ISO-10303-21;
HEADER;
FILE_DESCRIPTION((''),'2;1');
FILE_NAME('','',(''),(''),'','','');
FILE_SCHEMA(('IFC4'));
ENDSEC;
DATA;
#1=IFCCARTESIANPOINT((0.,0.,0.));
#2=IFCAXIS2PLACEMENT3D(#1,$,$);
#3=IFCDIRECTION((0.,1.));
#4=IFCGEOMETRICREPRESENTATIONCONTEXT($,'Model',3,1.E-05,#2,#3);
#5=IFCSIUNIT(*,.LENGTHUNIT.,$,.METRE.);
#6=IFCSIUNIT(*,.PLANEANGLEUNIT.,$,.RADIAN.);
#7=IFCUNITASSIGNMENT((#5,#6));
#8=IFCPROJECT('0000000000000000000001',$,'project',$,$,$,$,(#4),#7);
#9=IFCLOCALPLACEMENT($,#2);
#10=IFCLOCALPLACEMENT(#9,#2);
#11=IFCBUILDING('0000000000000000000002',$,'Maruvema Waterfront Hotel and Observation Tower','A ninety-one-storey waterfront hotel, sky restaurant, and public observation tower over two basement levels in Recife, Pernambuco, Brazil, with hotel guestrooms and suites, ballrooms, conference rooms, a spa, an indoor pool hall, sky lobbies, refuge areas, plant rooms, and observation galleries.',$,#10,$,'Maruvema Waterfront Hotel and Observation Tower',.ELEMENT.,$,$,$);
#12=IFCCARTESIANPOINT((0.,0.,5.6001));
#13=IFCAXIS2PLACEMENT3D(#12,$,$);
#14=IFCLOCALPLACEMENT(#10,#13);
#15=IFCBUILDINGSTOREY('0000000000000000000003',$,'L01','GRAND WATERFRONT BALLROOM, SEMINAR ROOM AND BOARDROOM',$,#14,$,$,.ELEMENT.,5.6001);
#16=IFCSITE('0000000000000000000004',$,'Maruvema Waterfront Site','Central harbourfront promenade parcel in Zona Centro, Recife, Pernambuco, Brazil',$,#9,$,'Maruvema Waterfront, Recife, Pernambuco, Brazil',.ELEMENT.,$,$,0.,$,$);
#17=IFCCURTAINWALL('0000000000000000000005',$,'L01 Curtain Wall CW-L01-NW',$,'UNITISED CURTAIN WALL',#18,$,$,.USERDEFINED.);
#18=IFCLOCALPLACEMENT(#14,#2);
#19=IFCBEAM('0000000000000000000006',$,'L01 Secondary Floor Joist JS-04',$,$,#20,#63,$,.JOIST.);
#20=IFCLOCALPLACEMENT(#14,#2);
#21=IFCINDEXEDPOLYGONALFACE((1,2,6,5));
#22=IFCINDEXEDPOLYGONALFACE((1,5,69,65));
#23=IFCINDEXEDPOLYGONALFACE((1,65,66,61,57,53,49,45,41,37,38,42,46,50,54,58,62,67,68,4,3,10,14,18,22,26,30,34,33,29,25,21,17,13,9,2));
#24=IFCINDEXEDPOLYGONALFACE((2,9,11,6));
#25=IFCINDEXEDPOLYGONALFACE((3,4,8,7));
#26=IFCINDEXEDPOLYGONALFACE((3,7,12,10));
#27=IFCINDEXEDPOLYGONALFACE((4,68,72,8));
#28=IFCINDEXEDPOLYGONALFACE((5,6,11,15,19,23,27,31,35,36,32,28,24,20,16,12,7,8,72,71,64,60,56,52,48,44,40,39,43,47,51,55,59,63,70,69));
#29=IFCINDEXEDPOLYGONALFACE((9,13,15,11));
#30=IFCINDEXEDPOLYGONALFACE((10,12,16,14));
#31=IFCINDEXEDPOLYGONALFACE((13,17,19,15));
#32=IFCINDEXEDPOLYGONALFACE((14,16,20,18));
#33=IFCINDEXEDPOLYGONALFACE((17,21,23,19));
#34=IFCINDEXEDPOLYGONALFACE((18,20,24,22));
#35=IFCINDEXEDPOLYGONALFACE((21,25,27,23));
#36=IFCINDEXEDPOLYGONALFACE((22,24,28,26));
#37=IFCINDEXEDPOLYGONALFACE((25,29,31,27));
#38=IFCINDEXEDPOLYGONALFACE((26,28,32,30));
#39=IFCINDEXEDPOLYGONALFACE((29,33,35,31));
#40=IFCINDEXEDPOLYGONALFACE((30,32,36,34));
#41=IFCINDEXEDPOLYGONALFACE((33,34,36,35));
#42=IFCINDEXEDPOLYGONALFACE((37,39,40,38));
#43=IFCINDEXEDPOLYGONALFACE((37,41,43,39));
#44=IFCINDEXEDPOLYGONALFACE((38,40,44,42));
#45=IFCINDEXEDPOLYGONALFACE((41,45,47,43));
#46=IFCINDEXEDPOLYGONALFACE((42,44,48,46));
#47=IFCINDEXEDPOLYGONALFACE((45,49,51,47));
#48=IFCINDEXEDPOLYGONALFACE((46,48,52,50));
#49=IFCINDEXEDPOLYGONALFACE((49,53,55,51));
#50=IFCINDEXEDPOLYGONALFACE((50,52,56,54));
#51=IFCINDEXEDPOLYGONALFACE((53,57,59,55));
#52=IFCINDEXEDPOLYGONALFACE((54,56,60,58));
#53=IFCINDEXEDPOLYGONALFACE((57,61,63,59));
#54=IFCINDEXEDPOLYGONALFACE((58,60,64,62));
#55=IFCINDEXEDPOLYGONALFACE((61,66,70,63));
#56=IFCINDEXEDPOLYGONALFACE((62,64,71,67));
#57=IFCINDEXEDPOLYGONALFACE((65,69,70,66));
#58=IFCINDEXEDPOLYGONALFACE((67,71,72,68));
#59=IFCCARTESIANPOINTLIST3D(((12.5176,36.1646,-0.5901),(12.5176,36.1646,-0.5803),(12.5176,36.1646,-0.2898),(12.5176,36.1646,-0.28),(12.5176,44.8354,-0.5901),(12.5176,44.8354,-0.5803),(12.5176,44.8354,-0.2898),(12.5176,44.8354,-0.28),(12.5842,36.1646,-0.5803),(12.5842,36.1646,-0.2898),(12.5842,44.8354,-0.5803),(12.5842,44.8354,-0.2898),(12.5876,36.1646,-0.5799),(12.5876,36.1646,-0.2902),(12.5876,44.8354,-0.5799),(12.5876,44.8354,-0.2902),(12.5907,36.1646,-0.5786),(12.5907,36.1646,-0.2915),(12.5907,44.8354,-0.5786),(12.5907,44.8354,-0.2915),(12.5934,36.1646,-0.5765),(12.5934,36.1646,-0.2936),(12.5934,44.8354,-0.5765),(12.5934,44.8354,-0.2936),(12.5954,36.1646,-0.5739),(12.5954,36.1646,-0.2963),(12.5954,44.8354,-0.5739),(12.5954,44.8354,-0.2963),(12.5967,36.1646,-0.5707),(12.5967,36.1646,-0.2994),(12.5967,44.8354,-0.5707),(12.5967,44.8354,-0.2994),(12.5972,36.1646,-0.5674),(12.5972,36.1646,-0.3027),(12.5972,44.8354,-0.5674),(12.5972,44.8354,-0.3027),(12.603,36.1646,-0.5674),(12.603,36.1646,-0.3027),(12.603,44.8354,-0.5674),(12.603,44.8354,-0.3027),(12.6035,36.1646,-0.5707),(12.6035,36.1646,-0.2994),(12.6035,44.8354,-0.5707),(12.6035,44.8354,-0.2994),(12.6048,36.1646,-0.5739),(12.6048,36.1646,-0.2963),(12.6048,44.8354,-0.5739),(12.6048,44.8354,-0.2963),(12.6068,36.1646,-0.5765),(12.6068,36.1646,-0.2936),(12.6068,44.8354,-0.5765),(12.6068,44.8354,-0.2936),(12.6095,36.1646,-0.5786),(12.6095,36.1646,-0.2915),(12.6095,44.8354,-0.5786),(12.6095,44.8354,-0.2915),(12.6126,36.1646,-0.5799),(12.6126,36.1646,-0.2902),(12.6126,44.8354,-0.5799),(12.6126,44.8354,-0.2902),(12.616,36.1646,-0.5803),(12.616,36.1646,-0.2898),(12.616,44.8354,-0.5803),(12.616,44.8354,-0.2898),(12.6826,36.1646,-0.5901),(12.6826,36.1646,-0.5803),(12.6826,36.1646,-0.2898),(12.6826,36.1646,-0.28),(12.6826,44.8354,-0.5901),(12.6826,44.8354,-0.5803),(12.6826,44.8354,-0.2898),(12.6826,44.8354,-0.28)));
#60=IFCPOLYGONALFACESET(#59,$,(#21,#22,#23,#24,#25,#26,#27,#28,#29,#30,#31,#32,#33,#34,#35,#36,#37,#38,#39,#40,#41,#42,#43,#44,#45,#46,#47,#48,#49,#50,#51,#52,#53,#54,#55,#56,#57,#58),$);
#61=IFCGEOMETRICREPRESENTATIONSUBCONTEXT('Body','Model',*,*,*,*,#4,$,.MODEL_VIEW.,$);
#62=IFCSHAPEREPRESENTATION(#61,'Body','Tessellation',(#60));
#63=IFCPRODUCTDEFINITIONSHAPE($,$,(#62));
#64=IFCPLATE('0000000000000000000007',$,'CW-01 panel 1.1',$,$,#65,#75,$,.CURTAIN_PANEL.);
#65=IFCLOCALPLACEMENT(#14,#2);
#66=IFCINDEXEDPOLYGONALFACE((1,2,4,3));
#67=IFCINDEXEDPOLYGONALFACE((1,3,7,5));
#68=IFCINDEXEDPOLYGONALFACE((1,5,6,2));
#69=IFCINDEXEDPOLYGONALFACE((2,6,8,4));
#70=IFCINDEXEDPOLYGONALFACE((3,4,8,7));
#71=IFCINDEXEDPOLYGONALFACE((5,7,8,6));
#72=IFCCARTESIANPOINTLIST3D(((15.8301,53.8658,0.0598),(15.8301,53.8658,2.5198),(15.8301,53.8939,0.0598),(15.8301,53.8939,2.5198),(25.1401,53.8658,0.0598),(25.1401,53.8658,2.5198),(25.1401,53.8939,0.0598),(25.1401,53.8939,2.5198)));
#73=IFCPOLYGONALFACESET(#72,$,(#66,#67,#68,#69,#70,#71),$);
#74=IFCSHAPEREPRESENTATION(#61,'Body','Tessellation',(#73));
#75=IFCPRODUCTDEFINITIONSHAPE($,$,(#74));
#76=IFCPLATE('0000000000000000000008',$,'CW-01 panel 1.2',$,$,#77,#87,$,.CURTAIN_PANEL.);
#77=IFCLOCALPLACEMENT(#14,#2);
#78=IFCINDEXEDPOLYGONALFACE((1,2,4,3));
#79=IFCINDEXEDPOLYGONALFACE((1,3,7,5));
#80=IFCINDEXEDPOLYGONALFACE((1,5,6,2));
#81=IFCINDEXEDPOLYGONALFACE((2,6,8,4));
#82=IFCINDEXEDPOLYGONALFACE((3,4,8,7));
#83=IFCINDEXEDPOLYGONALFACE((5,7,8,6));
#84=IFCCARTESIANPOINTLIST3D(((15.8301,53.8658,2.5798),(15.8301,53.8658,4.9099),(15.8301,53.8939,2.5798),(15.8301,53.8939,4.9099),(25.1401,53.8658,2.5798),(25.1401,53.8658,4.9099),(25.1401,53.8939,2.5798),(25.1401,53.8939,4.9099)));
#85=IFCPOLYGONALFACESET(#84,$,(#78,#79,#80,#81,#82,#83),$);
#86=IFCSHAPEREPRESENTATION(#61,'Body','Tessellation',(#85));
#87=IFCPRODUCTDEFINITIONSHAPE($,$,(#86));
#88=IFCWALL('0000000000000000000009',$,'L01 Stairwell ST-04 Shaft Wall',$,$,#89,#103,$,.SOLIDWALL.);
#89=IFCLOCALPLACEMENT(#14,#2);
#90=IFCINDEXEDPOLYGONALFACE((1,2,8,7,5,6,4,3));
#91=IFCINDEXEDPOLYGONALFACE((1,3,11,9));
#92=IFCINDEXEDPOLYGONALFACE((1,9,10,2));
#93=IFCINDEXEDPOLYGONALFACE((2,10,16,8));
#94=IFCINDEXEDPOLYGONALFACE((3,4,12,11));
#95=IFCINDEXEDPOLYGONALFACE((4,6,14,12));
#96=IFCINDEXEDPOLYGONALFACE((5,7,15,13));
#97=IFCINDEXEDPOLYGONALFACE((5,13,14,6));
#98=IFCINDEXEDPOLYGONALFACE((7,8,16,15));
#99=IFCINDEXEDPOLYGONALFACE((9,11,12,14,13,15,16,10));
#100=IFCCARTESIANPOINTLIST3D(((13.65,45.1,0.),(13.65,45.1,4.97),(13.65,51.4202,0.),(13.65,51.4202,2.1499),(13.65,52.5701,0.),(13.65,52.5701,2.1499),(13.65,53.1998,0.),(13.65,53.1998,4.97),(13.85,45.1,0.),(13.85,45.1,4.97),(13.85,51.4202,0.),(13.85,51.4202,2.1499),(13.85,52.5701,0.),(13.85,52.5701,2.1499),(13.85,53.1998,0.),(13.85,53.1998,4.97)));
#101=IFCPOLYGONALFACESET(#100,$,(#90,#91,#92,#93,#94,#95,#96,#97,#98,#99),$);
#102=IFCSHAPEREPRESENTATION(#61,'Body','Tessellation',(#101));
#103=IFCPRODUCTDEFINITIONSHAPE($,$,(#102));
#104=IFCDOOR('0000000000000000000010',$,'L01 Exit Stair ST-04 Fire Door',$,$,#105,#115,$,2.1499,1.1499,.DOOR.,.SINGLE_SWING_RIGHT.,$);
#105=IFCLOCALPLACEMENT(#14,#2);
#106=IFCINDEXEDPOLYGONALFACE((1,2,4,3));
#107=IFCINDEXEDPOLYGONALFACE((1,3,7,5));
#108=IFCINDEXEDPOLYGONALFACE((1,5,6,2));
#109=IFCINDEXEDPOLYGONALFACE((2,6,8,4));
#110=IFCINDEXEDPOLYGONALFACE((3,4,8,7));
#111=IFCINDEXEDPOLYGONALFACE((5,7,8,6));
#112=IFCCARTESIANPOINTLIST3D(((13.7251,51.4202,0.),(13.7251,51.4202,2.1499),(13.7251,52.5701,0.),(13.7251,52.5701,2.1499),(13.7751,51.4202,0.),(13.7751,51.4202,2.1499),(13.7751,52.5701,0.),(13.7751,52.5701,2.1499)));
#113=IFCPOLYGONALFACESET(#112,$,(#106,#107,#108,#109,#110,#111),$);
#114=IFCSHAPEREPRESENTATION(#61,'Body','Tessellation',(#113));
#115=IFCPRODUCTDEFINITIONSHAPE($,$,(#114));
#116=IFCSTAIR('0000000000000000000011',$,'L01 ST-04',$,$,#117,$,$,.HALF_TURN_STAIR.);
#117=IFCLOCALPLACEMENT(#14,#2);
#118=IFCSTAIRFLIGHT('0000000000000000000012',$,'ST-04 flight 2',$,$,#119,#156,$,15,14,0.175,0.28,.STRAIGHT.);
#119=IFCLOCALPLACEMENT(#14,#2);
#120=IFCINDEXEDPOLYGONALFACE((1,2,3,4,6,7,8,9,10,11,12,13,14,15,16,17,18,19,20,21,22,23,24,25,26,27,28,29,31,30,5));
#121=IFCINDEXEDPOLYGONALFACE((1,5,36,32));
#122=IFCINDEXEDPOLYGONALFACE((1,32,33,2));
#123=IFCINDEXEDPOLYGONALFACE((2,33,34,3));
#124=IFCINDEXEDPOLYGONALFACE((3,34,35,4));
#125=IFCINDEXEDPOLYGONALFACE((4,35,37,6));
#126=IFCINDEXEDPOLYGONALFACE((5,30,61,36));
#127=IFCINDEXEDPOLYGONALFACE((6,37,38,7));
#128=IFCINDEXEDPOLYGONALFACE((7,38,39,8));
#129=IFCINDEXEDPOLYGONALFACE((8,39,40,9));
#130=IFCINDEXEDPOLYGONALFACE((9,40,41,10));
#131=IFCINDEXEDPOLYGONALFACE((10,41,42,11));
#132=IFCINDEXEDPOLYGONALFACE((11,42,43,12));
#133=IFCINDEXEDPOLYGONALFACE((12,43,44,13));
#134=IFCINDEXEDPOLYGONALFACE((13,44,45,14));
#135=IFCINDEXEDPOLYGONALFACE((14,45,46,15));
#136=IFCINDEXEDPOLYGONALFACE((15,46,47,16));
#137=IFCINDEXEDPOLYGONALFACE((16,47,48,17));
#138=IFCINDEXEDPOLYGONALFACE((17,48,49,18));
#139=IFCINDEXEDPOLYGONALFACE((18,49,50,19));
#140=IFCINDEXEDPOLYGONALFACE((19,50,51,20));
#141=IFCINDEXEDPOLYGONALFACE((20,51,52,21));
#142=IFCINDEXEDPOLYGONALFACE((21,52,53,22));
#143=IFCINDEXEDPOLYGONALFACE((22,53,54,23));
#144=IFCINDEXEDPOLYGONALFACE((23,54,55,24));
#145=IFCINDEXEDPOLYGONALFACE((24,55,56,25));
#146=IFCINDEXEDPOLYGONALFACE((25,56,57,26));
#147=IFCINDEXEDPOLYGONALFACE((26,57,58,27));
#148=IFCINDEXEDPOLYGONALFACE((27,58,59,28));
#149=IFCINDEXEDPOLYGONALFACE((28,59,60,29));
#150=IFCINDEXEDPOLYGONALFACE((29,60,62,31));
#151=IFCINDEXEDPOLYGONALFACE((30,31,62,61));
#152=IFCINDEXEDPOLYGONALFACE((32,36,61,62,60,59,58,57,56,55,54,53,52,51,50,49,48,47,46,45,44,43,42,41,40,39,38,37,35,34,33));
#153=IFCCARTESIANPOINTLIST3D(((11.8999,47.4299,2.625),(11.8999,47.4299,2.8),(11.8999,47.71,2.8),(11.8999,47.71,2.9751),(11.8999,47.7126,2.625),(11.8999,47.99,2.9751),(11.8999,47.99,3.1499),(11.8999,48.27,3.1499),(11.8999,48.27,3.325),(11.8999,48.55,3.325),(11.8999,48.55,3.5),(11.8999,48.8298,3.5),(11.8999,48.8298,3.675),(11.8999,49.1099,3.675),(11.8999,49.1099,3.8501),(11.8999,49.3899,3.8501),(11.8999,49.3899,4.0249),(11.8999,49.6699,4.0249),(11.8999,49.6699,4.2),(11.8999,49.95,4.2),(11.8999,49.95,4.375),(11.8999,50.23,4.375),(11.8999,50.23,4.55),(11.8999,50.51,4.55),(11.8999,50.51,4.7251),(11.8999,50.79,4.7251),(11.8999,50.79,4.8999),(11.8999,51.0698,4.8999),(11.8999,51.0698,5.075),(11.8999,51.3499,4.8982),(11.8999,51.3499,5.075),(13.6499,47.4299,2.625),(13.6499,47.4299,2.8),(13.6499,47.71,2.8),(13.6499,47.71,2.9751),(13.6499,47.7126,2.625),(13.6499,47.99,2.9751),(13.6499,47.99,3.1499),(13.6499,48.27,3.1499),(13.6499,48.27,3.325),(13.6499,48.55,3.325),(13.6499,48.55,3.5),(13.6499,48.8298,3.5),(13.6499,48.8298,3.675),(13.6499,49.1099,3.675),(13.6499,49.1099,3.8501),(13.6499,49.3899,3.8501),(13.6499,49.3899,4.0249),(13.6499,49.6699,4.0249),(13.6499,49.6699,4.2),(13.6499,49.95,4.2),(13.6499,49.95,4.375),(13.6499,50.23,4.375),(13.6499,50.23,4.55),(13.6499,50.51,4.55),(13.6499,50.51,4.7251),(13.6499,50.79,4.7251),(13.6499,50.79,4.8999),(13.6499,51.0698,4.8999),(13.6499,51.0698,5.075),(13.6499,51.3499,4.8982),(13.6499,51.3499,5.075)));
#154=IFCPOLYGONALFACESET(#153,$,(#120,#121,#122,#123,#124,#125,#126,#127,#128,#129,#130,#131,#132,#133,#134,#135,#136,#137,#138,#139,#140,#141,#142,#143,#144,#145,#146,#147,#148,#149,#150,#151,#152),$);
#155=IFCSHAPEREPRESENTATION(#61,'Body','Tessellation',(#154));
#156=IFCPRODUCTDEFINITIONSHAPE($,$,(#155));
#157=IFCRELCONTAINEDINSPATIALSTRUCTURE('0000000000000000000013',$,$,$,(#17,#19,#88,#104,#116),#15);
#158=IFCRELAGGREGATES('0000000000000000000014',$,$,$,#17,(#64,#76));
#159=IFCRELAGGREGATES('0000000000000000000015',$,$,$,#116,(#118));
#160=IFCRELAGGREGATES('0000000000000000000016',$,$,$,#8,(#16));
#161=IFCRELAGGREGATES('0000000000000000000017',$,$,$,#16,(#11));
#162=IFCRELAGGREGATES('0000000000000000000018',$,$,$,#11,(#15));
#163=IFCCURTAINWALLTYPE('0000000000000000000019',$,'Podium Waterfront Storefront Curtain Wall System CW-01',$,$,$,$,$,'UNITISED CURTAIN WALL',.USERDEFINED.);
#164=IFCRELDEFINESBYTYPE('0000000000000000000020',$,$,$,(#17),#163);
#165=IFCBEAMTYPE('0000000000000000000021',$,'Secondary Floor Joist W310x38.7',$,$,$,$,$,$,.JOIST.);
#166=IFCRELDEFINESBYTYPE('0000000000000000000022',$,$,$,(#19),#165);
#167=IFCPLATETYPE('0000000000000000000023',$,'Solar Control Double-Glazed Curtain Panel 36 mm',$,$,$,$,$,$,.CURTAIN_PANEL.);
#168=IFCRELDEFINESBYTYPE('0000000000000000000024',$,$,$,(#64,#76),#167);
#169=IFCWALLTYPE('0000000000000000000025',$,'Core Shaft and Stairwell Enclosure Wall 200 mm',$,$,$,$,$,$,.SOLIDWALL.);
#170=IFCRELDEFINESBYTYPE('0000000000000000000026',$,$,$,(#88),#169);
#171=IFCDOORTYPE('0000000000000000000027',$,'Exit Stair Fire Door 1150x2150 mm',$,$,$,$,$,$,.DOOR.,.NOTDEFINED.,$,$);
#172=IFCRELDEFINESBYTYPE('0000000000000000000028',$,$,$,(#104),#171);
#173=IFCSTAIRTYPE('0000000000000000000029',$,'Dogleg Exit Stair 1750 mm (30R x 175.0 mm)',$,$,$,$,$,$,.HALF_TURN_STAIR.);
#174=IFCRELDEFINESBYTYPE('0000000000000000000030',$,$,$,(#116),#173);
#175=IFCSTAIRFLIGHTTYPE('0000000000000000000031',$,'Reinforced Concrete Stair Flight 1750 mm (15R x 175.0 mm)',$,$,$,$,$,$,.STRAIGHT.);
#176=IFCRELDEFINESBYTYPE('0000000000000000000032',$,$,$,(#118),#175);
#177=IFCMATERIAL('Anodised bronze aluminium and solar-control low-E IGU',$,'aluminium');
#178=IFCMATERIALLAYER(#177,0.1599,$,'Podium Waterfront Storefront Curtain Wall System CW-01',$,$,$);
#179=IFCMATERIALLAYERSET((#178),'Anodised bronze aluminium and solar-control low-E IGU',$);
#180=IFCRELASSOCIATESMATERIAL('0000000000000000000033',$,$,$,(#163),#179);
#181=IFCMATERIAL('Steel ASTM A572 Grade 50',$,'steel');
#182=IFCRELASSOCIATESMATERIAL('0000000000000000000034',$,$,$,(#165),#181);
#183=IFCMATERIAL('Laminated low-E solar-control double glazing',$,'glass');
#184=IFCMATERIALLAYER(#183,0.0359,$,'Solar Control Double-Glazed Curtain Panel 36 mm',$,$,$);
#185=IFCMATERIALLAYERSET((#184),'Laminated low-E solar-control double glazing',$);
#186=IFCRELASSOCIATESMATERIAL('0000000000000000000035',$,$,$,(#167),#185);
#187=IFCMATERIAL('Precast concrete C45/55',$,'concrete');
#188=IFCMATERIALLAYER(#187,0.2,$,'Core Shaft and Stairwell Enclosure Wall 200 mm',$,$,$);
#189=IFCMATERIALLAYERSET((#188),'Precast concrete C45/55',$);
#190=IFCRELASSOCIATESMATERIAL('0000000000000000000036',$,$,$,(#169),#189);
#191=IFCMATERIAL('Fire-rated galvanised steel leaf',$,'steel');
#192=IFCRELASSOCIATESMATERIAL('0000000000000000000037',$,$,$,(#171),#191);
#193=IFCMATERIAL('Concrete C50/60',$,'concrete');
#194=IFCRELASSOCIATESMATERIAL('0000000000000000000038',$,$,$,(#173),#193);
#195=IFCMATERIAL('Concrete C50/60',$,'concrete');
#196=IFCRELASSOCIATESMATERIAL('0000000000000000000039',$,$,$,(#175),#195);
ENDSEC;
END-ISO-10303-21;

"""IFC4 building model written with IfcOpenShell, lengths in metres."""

from ifc_helpers import new_model, si_unit, direction, frame, frame_2d, origin, origin_2d, place, context, subcontext, project, spatial, polyline, rectangle, i_section, outline, extrude, material, layer, layer_set, material_profile, profile_set, type_object, element, fill, aggregate, save


model = new_model("IFC4")

# Units and contexts
model_context = context("Model", 3, precision=1e-05, world=origin(), true_north=direction((0.0, 1.0)))
body_context = subcontext(model_context, "Body", "Model", "MODEL_VIEW")
ifc_project = project(units=[si_unit("LENGTHUNIT", "METRE"), si_unit("PLANEANGLEUNIT", "RADIAN")], contexts=[model_context])

# Site, building, storey
site_placement = place(None, origin())
site = spatial("IfcSite", under=ifc_project, at=site_placement, Name="Maruvema Waterfront Site", Description="Central harbourfront promenade parcel in Zona Centro, Recife, Pernambuco, Brazil", LongName="Maruvema Waterfront, Recife, Pernambuco, Brazil", CompositionType="ELEMENT", RefElevation=0.0)
building_placement = place(site_placement, origin())
building = spatial("IfcBuilding", under=site, at=building_placement, Name="Maruvema Waterfront Hotel and Observation Tower", Description="A ninety-one-storey waterfront hotel, sky restaurant, and public observation tower over two basement levels in Recife, Pernambuco, Brazil, with hotel guestrooms and suites, ballrooms, conference rooms, a spa, an indoor pool hall, sky lobbies, refuge areas, plant rooms, and observation galleries.", LongName="Maruvema Waterfront Hotel and Observation Tower", CompositionType="ELEMENT")
storey_placement = place(building_placement, frame((0.0, 0.0, 5.6001)))
storey = spatial("IfcBuildingStorey", under=building, at=storey_placement, Name="L01", Description="GRAND WATERFRONT BALLROOM, SEMINAR ROOM AND BOARDROOM", CompositionType="ELEMENT", Elevation=5.6001)

# Curtain wall
ifc_material_1 = material(Name="Anodised bronze aluminium and solar-control low-E IGU", Category="aluminium")
ifc_layer_1 = layer(ifc_material_1, 0.1599, Name="Podium Waterfront Storefront Curtain Wall System CW-01")
ifc_layer_set_1 = layer_set([ifc_layer_1], Name="Anodised bronze aluminium and solar-control low-E IGU")
curtain_wall_type = type_object("IfcCurtainWallType", Name="Podium Waterfront Storefront Curtain Wall System CW-01", ElementType="UNITISED CURTAIN WALL", PredefinedType="USERDEFINED", material=ifc_layer_set_1)
curtain_wall_placement = place(storey_placement, origin())
curtain_wall = element("IfcCurtainWall", 1, at=curtain_wall_placement, inside=storey, type_object=curtain_wall_type, Name="L01 Curtain Wall CW-L01-NW", ObjectType="UNITISED CURTAIN WALL", PredefinedType="USERDEFINED")

# Beam
ifc_material_2 = material(Name="Steel ASTM A572 Grade 50", Category="steel")
ifc_material_profile_1 = material_profile(ifc_material_2, i_section(OverallWidth=0.165, OverallDepth=0.3101, WebThickness=0.0059, FlangeThickness=0.0098, FilletRadius=0.0129, at=origin_2d()), Name="W310x38.7")
ifc_profile_set_1 = profile_set([ifc_material_profile_1], Name="Steel ASTM A572 Grade 50")
beam_type_1 = type_object("IfcBeamType", Name="Secondary Floor Joist W310x38.7", PredefinedType="JOIST", material=ifc_profile_set_1)
beam_1_placement = place(storey_placement, frame((12.6001, 36.1646, -0.4351), z_axis=(0.0, 1.0, 0.0), x_axis=(-1.0, 0.0, 0.0)))
element("IfcBeam", 2, at=beam_1_placement, inside=storey, type_object=beam_type_1, Name="L01 Secondary Floor Joist JS-04", PredefinedType="JOIST", context=body_context, shape_type="SweptSolid", body=[
    extrude(i_section(OverallWidth=0.165, OverallDepth=0.3101, WebThickness=0.0059, FlangeThickness=0.0098, FilletRadius=0.0129, at=origin_2d()), origin(), (0.0, 0.0, 1.0), 8.6709),
])

# Plates
ifc_material_3 = material(Name="Laminated low-E solar-control double glazing", Category="glass")
ifc_layer_2 = layer(ifc_material_3, 0.0359, Name="Solar Control Double-Glazed Curtain Panel 36 mm")
ifc_layer_set_2 = layer_set([ifc_layer_2], Name="Laminated low-E solar-control double glazing")
plate_type = type_object("IfcPlateType", Name="Solar Control Double-Glazed Curtain Panel 36 mm", PredefinedType="CURTAIN_PANEL", material=ifc_layer_set_2)
plate_1_placement = place(storey_placement, frame((20.4851, 53.8799, 0.0598), z_axis=(0.0, 0.0, 1.0), x_axis=(-1.0, 0.0, 0.0)))
plate_1 = element("IfcPlate", 3, at=plate_1_placement, type_object=plate_type, Name="CW-01 panel 1.1", PredefinedType="CURTAIN_PANEL", context=body_context, shape_type="SweptSolid", body=[
    extrude(rectangle(XDim=9.3101, YDim=0.0281, at=origin_2d()), origin(), (0.0, 0.0, 1.0), 2.46),
])
plate_2_placement = place(storey_placement, frame((20.4851, 53.8799, 2.5798), z_axis=(0.0, 0.0, 1.0), x_axis=(-1.0, 0.0, 0.0)))
plate_2 = element("IfcPlate", 4, at=plate_2_placement, type_object=plate_type, Name="CW-01 panel 1.2", PredefinedType="CURTAIN_PANEL", context=body_context, shape_type="SweptSolid", body=[
    extrude(rectangle(XDim=9.3101, YDim=0.0281, at=origin_2d()), origin(), (0.0, 0.0, 1.0), 2.3301),
])
aggregate(curtain_wall, [plate_1, plate_2])

# Wall, opening, door
ifc_material_4 = material(Name="Precast concrete C45/55", Category="concrete")
ifc_layer_3 = layer(ifc_material_4, 0.2, Name="Core Shaft and Stairwell Enclosure Wall 200 mm")
ifc_layer_set_3 = layer_set([ifc_layer_3], Name="Precast concrete C45/55")
wall_type = type_object("IfcWallType", Name="Core Shaft and Stairwell Enclosure Wall 200 mm", PredefinedType="SOLIDWALL", material=ifc_layer_set_3)
wall_placement = place(storey_placement, frame((13.75, 45.1001, 0.0), z_axis=(0.0, 0.0, 1.0), x_axis=(0.0, 1.0, 0.0)))
wall = element("IfcWall", 5, at=wall_placement, inside=storey, type_object=wall_type, Name="L01 Stairwell ST-04 Shaft Wall", PredefinedType="SOLIDWALL", context=body_context, shape_type="SweptSolid", body=[
    extrude(rectangle(XDim=8.0999, YDim=0.2, at=frame_2d((4.0498, 0.0))), origin(), (0.0, 0.0, 1.0), 4.97),
])
opening_placement = place(wall_placement, frame((6.3201, 0.0, 0.0)))
opening = element("IfcOpeningElement", 6, at=opening_placement, cuts=wall, PredefinedType="OPENING", context=body_context, shape_type="SweptSolid", body=[
    extrude(rectangle(XDim=1.1499, YDim=2.1499, at=frame_2d((0.575, 1.075))), frame((0.0, 0.1099, 0.0), z_axis=(0.0, -1.0, 0.0), x_axis=(1.0, 0.0, 0.0)), (0.0, 0.0, 1.0), 0.22),
])
ifc_material_5 = material(Name="Fire-rated galvanised steel leaf", Category="steel")
door_type = type_object("IfcDoorType", Name="Exit Stair Fire Door 1150x2150 mm", OperationType="NOTDEFINED", PredefinedType="DOOR", material=ifc_material_5)
door_placement = place(opening_placement, origin())
door = element("IfcDoor", 7, at=door_placement, inside=storey, type_object=door_type, Name="L01 Exit Stair ST-04 Fire Door", OperationType="SINGLE_SWING_RIGHT", OverallHeight=2.1499, OverallWidth=1.1499, PredefinedType="DOOR", context=body_context, shape_type="SweptSolid", body=[
    extrude(rectangle(XDim=1.1499, YDim=2.1499, at=frame_2d((0.575, 1.075))), frame((0.0, 0.0249, 0.0), z_axis=(0.0, -1.0, 0.0), x_axis=(1.0, 0.0, 0.0)), (0.0, 0.0, 1.0), 0.05),
])
fill(opening, door)

# Stair, stair flight
ifc_material_6 = material(Name="Concrete C50/60", Category="concrete")
stair_type = type_object("IfcStairType", Name="Dogleg Exit Stair 1750 mm (30R x 175.0 mm)", PredefinedType="HALF_TURN_STAIR", material=ifc_material_6)
stair_placement = place(storey_placement, origin())
stair = element("IfcStair", 8, at=stair_placement, inside=storey, type_object=stair_type, Name="L01 ST-04", PredefinedType="HALF_TURN_STAIR")
ifc_material_7 = material(Name="Concrete C50/60", Category="concrete")
stair_flight_type = type_object("IfcStairFlightType", Name="Reinforced Concrete Stair Flight 1750 mm (15R x 175.0 mm)", PredefinedType="STRAIGHT", material=ifc_material_7)
stair_flight_placement = place(storey_placement, frame((12.7749, 47.4299, 2.625), z_axis=(0.0, 0.0, 1.0), x_axis=(0.0, 1.0, 0.0)))
stair_flight = element("IfcStairFlight", 9, at=stair_flight_placement, type_object=stair_flight_type, Name="ST-04 flight 2", NumberOfRisers=15, NumberOfTreads=14, PredefinedType="STRAIGHT", RiserHeight=0.175, TreadLength=0.28, context=body_context, shape_type="SweptSolid", body=[
    extrude(outline(polyline([(0.0, 0.0), (0.0, 0.175), (0.28, 0.175), (0.28, 0.3501), (0.5601, 0.3501), (0.5601, 0.5249), (0.8401, 0.5249), (0.8401, 0.7), (1.1201, 0.7), (1.1201, 0.875), (1.3999, 0.875), (1.3999, 1.05), (1.6799, 1.05), (1.6799, 1.2251), (1.96, 1.2251), (1.96, 1.3999), (2.24, 1.3999), (2.24, 1.575), (2.52, 1.575), (2.52, 1.75), (2.8, 1.75), (2.8, 1.925), (3.0801, 1.925), (3.0801, 2.1001), (3.3601, 2.1001), (3.3601, 2.2749), (3.6399, 2.2749), (3.6399, 2.45), (3.9199, 2.45), (3.9199, 2.625), (3.9199, 2.2732), (0.2827, 0.0), (0.0, 0.0)])), frame((0.0, 0.875, 0.0), z_axis=(0.0, -1.0, 0.0), x_axis=(1.0, 0.0, 0.0)), (0.0, 0.0, 1.0), 1.75),
])
aggregate(stair, [stair_flight])

save(model, "model.ifc")
